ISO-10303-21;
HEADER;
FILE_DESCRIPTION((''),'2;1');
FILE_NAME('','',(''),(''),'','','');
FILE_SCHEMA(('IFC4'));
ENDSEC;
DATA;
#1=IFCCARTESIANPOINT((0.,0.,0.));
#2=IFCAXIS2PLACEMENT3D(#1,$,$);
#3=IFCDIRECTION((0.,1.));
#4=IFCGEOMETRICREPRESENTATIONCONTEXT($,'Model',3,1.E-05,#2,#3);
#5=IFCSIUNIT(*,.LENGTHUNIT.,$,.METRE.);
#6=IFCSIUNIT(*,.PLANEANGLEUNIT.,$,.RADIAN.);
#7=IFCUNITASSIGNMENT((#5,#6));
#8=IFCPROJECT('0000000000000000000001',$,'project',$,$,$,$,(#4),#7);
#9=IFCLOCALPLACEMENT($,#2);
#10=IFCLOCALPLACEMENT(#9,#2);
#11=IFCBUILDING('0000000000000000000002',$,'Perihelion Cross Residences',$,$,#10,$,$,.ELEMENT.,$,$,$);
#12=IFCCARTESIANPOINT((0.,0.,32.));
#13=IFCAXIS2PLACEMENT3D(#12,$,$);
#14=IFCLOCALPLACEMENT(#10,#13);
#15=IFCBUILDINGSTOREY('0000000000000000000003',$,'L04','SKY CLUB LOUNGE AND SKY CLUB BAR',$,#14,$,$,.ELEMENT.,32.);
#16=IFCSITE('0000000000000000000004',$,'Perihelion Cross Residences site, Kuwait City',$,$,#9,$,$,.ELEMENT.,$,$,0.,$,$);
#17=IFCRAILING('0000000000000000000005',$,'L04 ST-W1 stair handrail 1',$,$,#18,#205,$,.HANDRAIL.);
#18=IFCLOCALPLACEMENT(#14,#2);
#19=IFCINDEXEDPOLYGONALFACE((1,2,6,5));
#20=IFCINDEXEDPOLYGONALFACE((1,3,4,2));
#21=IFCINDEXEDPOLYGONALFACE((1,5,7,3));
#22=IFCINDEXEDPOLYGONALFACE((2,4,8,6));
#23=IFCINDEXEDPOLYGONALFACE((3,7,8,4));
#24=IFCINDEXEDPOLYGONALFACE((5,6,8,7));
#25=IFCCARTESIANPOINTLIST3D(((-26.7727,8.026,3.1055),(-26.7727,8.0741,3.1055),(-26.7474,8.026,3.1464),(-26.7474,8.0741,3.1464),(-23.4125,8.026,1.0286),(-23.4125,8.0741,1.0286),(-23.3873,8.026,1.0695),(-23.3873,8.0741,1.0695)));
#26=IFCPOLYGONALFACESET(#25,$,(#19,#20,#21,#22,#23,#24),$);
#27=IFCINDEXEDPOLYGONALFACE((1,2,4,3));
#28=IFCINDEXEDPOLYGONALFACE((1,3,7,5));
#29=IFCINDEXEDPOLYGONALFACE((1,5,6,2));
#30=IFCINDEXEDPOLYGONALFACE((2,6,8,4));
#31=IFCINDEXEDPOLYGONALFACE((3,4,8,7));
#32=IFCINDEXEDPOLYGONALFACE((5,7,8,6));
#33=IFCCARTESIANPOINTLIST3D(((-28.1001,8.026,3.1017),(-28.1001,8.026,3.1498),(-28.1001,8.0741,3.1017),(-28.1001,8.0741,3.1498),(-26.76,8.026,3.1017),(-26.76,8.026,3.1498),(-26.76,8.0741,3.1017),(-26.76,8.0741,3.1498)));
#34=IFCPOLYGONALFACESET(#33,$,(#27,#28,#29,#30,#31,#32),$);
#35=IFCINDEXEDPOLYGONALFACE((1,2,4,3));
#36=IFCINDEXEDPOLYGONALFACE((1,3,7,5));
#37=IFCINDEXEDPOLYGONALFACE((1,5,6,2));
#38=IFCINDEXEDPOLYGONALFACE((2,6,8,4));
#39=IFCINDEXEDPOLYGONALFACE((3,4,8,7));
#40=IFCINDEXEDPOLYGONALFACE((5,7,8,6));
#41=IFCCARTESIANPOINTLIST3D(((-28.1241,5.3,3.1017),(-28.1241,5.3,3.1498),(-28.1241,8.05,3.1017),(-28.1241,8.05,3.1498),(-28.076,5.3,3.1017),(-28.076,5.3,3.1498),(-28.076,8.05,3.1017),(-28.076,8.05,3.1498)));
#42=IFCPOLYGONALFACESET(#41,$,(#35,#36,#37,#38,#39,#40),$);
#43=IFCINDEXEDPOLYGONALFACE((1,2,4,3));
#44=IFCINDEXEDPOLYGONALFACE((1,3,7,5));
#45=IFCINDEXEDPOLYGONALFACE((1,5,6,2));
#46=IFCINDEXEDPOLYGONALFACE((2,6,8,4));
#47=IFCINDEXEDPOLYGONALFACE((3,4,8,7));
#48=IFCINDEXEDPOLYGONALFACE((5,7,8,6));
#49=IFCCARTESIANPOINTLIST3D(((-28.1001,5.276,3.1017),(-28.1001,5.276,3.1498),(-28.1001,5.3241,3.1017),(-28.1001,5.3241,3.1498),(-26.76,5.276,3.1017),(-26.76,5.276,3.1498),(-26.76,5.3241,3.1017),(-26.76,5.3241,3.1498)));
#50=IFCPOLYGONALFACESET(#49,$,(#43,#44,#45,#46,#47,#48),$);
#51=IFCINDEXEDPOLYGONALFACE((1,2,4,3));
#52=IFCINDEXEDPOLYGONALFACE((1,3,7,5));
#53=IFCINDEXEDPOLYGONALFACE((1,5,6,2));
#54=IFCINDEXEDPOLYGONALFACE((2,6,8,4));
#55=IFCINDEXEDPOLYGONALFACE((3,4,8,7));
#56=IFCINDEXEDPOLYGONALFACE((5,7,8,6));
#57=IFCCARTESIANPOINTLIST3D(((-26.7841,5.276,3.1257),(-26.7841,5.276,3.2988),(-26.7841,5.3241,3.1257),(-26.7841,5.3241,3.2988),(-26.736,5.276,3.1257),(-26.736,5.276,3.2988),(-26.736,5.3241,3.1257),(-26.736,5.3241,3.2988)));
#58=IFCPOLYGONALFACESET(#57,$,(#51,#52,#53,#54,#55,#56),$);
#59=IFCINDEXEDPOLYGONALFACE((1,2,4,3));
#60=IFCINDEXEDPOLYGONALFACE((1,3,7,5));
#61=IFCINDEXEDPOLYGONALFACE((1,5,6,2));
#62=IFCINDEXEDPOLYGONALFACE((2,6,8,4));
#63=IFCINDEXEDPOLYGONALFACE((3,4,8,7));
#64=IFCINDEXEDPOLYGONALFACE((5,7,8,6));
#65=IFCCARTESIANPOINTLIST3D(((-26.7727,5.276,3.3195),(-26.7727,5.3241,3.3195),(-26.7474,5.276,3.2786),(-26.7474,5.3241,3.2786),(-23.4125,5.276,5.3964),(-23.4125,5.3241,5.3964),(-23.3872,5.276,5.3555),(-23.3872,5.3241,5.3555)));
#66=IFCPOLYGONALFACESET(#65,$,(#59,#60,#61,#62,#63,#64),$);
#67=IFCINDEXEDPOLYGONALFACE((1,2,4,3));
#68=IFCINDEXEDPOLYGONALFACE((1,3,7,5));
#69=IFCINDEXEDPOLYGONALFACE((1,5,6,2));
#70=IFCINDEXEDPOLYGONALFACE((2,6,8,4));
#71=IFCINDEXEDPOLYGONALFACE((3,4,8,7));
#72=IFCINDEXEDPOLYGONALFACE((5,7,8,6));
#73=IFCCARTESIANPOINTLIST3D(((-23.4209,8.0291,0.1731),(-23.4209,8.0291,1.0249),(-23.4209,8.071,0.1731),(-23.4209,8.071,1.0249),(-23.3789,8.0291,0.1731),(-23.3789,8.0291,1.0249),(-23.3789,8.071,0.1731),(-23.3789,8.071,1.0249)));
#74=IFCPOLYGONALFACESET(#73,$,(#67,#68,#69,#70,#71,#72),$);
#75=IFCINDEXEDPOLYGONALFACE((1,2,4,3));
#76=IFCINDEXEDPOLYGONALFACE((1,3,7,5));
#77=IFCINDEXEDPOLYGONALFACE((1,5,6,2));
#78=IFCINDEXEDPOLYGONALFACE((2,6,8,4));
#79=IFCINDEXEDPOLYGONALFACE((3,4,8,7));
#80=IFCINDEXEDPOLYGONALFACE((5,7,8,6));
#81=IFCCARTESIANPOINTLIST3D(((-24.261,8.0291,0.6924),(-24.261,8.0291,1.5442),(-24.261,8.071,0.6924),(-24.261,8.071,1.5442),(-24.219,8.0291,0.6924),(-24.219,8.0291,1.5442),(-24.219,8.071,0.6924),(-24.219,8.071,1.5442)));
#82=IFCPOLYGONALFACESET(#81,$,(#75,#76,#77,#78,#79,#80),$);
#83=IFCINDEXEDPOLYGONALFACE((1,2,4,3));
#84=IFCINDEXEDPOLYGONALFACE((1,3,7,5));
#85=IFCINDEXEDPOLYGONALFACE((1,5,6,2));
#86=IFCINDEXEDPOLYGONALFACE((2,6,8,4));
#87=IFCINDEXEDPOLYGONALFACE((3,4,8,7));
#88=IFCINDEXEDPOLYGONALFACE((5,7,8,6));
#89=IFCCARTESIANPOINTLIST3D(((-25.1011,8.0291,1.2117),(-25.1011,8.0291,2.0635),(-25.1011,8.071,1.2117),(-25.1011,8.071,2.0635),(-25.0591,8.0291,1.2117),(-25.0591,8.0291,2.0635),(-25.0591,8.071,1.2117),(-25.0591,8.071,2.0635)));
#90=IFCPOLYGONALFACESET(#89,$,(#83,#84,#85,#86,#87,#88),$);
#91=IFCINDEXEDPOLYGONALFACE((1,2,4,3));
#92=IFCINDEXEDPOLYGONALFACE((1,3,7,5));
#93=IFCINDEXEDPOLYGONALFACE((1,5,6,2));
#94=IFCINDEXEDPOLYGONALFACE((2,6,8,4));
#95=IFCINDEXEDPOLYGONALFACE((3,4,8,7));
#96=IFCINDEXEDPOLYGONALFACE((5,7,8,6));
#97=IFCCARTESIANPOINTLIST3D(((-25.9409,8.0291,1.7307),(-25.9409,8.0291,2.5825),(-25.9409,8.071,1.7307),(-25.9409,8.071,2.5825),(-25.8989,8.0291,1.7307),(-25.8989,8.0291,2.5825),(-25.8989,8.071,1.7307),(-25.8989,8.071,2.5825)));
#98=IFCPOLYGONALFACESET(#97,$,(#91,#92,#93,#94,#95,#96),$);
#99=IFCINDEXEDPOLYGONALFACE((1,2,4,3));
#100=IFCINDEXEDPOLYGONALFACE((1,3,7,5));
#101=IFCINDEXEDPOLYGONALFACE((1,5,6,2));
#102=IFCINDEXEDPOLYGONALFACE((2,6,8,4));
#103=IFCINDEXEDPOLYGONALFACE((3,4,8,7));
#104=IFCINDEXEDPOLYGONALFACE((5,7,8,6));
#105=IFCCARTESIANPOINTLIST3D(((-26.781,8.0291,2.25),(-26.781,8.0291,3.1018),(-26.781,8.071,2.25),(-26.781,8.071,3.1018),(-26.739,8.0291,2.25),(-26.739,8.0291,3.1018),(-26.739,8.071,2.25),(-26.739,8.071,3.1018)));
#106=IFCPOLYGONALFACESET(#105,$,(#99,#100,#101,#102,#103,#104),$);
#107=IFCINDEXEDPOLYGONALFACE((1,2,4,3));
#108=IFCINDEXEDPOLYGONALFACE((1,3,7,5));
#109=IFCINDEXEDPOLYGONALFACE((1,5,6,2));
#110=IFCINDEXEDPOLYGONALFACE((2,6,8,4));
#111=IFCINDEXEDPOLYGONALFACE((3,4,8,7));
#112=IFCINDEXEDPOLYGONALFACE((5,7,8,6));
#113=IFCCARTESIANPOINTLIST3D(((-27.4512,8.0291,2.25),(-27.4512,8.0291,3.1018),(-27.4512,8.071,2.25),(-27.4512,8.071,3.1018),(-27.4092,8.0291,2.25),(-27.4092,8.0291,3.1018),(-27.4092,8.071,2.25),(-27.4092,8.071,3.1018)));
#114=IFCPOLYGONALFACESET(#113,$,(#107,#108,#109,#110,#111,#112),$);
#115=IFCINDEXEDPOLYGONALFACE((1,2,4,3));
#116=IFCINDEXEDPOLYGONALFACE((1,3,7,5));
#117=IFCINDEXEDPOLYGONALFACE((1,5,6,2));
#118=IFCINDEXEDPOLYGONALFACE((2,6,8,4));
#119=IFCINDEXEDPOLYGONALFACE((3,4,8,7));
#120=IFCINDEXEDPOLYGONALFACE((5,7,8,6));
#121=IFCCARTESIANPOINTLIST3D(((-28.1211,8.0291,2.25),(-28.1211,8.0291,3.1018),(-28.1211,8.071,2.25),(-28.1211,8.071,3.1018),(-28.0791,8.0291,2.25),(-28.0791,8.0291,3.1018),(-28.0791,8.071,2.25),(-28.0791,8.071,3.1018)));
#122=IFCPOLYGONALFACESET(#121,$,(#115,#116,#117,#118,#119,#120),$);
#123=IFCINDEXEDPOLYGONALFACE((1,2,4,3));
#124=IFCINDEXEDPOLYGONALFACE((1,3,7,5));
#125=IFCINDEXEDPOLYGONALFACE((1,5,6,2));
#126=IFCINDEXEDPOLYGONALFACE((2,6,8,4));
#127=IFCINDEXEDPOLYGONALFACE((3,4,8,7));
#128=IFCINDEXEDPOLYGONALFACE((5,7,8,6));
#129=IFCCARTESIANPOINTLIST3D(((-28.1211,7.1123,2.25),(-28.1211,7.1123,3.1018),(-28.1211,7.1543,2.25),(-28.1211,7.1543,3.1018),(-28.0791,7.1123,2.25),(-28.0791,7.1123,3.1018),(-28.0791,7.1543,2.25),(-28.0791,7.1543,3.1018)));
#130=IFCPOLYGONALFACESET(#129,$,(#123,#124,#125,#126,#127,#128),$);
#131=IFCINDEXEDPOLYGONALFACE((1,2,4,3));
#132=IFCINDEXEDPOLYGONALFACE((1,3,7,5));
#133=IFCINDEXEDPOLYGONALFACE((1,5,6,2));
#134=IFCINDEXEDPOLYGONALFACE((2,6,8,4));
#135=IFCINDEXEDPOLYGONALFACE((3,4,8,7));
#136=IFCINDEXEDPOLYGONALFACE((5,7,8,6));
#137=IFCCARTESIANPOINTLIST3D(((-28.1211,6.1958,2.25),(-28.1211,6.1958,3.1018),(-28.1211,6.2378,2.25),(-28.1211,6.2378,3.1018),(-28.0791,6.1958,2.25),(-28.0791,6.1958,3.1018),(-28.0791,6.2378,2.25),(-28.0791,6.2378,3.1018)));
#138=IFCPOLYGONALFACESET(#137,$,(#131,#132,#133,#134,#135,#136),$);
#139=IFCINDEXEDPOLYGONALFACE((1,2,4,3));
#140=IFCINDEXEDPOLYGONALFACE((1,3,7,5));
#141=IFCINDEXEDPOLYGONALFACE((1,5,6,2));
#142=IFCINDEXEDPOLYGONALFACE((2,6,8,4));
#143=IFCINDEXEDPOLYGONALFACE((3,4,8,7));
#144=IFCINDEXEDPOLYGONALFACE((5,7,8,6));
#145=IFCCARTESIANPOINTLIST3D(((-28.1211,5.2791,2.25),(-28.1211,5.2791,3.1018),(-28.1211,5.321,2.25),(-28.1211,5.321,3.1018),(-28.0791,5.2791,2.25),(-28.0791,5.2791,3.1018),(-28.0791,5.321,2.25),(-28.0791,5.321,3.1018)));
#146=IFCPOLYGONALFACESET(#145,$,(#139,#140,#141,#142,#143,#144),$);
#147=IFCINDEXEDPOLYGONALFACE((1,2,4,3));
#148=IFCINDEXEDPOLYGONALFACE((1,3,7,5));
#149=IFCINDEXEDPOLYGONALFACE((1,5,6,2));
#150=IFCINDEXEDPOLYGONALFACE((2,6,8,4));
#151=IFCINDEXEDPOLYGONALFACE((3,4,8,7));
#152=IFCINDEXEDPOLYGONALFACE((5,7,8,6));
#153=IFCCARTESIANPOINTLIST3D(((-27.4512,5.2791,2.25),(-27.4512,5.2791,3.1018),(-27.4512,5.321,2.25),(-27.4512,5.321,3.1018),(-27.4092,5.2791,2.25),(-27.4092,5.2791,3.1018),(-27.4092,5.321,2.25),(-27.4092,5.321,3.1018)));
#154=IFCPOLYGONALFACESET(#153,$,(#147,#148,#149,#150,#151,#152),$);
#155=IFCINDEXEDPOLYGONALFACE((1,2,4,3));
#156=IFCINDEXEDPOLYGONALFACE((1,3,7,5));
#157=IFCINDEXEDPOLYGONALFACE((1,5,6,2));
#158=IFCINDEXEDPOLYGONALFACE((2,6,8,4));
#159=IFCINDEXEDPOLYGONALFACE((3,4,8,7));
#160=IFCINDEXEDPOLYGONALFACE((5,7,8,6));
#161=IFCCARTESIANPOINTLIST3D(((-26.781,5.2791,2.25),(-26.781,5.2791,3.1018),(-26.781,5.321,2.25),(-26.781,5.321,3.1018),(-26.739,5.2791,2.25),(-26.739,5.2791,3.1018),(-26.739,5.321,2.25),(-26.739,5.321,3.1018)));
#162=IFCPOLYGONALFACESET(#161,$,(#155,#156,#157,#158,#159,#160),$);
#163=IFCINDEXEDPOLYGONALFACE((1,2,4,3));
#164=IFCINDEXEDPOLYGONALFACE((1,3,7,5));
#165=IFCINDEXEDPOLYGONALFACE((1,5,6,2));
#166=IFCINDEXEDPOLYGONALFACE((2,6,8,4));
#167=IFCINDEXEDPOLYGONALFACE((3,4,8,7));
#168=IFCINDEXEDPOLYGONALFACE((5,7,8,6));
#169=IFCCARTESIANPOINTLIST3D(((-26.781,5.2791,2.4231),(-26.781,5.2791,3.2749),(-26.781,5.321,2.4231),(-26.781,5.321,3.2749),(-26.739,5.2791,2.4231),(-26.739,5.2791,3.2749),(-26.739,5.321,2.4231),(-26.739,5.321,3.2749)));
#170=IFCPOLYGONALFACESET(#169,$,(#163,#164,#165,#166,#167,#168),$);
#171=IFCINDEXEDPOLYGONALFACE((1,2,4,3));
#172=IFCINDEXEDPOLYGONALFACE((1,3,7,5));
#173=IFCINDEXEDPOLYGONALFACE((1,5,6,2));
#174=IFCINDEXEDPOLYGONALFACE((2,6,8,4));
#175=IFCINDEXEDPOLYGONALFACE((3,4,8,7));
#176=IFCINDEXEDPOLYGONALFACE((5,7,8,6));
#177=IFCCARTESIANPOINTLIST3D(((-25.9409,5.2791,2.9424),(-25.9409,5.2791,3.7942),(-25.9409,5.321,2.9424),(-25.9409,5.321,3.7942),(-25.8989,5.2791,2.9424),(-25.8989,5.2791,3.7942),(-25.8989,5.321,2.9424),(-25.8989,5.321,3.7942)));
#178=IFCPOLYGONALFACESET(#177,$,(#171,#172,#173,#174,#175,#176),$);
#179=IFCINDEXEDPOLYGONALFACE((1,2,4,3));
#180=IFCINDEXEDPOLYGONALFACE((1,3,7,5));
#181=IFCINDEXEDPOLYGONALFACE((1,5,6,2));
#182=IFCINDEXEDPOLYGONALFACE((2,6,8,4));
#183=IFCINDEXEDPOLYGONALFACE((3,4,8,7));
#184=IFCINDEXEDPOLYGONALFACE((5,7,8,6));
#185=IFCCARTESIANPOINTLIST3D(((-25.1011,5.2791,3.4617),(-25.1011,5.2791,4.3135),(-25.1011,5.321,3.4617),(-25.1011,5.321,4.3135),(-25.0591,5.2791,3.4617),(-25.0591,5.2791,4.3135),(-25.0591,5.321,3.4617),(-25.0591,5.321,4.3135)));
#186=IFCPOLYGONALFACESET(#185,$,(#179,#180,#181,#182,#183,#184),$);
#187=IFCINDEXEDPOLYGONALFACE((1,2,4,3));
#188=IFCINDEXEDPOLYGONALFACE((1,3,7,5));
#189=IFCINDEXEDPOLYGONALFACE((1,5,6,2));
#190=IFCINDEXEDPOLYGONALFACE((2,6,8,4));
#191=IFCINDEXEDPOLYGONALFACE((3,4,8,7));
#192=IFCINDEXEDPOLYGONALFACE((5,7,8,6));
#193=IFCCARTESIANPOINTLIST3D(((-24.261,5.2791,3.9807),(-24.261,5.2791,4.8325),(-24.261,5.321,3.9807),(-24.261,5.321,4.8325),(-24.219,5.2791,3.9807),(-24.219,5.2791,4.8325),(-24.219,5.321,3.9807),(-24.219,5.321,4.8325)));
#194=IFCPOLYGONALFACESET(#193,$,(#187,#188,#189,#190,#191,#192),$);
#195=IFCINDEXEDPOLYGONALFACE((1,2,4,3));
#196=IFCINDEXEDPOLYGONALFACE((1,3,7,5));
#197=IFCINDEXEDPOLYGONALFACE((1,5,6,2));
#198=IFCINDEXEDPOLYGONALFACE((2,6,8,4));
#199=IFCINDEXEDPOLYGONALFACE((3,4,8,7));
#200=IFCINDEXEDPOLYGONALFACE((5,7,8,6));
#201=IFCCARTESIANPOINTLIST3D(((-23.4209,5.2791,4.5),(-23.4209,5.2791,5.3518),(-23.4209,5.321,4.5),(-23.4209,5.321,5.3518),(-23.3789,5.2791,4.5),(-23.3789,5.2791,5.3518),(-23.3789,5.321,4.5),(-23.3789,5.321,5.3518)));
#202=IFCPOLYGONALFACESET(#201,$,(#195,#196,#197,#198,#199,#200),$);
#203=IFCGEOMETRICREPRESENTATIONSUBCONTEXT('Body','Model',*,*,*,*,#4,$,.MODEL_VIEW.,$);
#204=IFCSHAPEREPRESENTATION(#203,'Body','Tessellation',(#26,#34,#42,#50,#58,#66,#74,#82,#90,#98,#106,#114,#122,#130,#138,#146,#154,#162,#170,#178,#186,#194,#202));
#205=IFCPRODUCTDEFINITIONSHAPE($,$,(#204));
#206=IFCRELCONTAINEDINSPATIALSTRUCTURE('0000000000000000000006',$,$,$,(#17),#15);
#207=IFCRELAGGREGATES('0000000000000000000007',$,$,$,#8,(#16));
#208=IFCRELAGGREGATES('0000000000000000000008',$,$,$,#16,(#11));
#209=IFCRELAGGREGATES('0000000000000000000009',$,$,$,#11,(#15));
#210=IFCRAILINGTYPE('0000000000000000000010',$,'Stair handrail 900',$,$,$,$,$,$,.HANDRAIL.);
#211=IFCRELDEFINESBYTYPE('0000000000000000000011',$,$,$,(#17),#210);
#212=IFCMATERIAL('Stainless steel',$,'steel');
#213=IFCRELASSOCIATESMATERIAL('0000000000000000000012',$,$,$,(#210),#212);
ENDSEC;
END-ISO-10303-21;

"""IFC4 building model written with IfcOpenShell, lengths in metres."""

from ifc_helpers import new_model, si_unit, direction, frame, origin, origin_2d, place, context, subcontext, project, spatial, rectangle, extrude, material, type_object, element, save


model = new_model("IFC4")

# Units and contexts
model_context = context("Model", 3, precision=1e-05, world=origin(), true_north=direction((0.0, 1.0)))
body_context = subcontext(model_context, "Body", "Model", "MODEL_VIEW")
ifc_project = project(units=[si_unit("LENGTHUNIT", "METRE"), si_unit("PLANEANGLEUNIT", "RADIAN")], contexts=[model_context])

# Site, building, storey
site_placement = place(None, origin())
site = spatial("IfcSite", under=ifc_project, at=site_placement, Name="Perihelion Cross Residences site, Kuwait City", CompositionType="ELEMENT", RefElevation=0.0)
building_placement = place(site_placement, origin())
building = spatial("IfcBuilding", under=site, at=building_placement, Name="Perihelion Cross Residences", CompositionType="ELEMENT")
storey_placement = place(building_placement, frame((0.0, 0.0, 32.0)))
storey = spatial("IfcBuildingStorey", under=building, at=storey_placement, Name="L04", Description="SKY CLUB LOUNGE AND SKY CLUB BAR", CompositionType="ELEMENT", Elevation=32.0)

# Railing
ifc_material_1 = material(Name="Stainless steel", Category="steel")
railing_type_1 = type_object("IfcRailingType", Name="Stair handrail 900", PredefinedType="HANDRAIL", material=ifc_material_1)
railing_1_placement = place(storey_placement, frame((-23.3999, 8.05, 0.1731)))
element("IfcRailing", 1, at=railing_1_placement, inside=storey, type_object=railing_type_1, Name="L04 ST-W1 stair handrail 1", PredefinedType="HANDRAIL", context=body_context, shape_type="SweptSolid", body=[
    extrude(rectangle(XDim=0.0481, YDim=0.0481, at=origin_2d()), frame((0.0, 0.0, 0.876), z_axis=(-0.850623, 0.0, 0.525776), x_axis=(0.0, -1.0, 0.0)), (0.0, 0.0, 1.0), 3.9502),
    extrude(rectangle(XDim=0.0481, YDim=0.0481, at=origin_2d()), frame((-3.3601, 0.0, 2.9526), z_axis=(-1.0, 0.0, 0.0), x_axis=(0.0, -1.0, 0.0)), (0.0, 0.0, 1.0), 1.3401),
    extrude(rectangle(XDim=0.0481, YDim=0.0481, at=origin_2d()), frame((-4.7002, 0.0, 2.9526), z_axis=(0.0, -1.0, 0.0), x_axis=(1.0, 0.0, 0.0)), (0.0, 0.0, 1.0), 2.75),
    extrude(rectangle(XDim=0.0481, YDim=0.0481, at=origin_2d()), frame((-4.7002, -2.75, 2.9526), z_axis=(1.0, 0.0, 0.0), x_axis=(0.0, 1.0, 0.0)), (0.0, 0.0, 1.0), 1.3401),
    extrude(rectangle(XDim=0.0481, YDim=0.0481, at=origin_2d()), frame((-3.3601, -2.75, 2.9526), z_axis=(0.0, 0.0, 1.0), x_axis=(1.0, 0.0, 0.0)), (0.0, 0.0, 1.0), 0.1731),
    extrude(rectangle(XDim=0.0481, YDim=0.0481, at=origin_2d()), frame((-3.3601, -2.75, 3.126), z_axis=(0.850623, 0.0, 0.525776), x_axis=(0.0, 1.0, 0.0)), (0.0, 0.0, 1.0), 3.9502),
    extrude(rectangle(XDim=0.042, YDim=0.042, at=origin_2d()), origin(), (0.0, 0.0, 1.0), 0.8518),
    extrude(rectangle(XDim=0.042, YDim=0.042, at=origin_2d()), frame((-0.8401, 0.0, 0.5193)), (0.0, 0.0, 1.0), 0.8518),
    extrude(rectangle(XDim=0.042, YDim=0.042, at=origin_2d()), frame((-1.6802, 0.0, 1.0386)), (0.0, 0.0, 1.0), 0.8518),
    extrude(rectangle(XDim=0.042, YDim=0.042, at=origin_2d()), frame((-2.52, 0.0, 1.5576)), (0.0, 0.0, 1.0), 0.8518),
    extrude(rectangle(XDim=0.042, YDim=0.042, at=origin_2d()), frame((-3.3601, 0.0, 2.0769)), (0.0, 0.0, 1.0), 0.8518),
    extrude(rectangle(XDim=0.042, YDim=0.042, at=origin_2d()), frame((-4.0303, 0.0, 2.0769)), (0.0, 0.0, 1.0), 0.8518),
    extrude(rectangle(XDim=0.042, YDim=0.042, at=origin_2d()), frame((-4.7002, 0.0, 2.0769)), (0.0, 0.0, 1.0), 0.8518),
    extrude(rectangle(XDim=0.042, YDim=0.042, at=origin_2d()), frame((-4.7002, -0.9167, 2.0769)), (0.0, 0.0, 1.0), 0.8518),
    extrude(rectangle(XDim=0.042, YDim=0.042, at=origin_2d()), frame((-4.7002, -1.8333, 2.0769)), (0.0, 0.0, 1.0), 0.8518),
    extrude(rectangle(XDim=0.042, YDim=0.042, at=origin_2d()), frame((-4.7002, -2.75, 2.0769)), (0.0, 0.0, 1.0), 0.8518),
    extrude(rectangle(XDim=0.042, YDim=0.042, at=origin_2d()), frame((-4.0303, -2.75, 2.0769)), (0.0, 0.0, 1.0), 0.8518),
    extrude(rectangle(XDim=0.042, YDim=0.042, at=origin_2d()), frame((-3.3601, -2.75, 2.0769)), (0.0, 0.0, 1.0), 0.8518),
    extrude(rectangle(XDim=0.042, YDim=0.042, at=origin_2d()), frame((-3.3601, -2.75, 2.25)), (0.0, 0.0, 1.0), 0.8518),
    extrude(rectangle(XDim=0.042, YDim=0.042, at=origin_2d()), frame((-2.52, -2.75, 2.7693)), (0.0, 0.0, 1.0), 0.8518),
    extrude(rectangle(XDim=0.042, YDim=0.042, at=origin_2d()), frame((-1.6802, -2.75, 3.2886)), (0.0, 0.0, 1.0), 0.8518),
    extrude(rectangle(XDim=0.042, YDim=0.042, at=origin_2d()), frame((-0.8401, -2.75, 3.8076)), (0.0, 0.0, 1.0), 0.8518),
    extrude(rectangle(XDim=0.042, YDim=0.042, at=origin_2d()), frame((0.0, -2.75, 4.3269)), (0.0, 0.0, 1.0), 0.8518),
])

save(model, "model.ifc")
